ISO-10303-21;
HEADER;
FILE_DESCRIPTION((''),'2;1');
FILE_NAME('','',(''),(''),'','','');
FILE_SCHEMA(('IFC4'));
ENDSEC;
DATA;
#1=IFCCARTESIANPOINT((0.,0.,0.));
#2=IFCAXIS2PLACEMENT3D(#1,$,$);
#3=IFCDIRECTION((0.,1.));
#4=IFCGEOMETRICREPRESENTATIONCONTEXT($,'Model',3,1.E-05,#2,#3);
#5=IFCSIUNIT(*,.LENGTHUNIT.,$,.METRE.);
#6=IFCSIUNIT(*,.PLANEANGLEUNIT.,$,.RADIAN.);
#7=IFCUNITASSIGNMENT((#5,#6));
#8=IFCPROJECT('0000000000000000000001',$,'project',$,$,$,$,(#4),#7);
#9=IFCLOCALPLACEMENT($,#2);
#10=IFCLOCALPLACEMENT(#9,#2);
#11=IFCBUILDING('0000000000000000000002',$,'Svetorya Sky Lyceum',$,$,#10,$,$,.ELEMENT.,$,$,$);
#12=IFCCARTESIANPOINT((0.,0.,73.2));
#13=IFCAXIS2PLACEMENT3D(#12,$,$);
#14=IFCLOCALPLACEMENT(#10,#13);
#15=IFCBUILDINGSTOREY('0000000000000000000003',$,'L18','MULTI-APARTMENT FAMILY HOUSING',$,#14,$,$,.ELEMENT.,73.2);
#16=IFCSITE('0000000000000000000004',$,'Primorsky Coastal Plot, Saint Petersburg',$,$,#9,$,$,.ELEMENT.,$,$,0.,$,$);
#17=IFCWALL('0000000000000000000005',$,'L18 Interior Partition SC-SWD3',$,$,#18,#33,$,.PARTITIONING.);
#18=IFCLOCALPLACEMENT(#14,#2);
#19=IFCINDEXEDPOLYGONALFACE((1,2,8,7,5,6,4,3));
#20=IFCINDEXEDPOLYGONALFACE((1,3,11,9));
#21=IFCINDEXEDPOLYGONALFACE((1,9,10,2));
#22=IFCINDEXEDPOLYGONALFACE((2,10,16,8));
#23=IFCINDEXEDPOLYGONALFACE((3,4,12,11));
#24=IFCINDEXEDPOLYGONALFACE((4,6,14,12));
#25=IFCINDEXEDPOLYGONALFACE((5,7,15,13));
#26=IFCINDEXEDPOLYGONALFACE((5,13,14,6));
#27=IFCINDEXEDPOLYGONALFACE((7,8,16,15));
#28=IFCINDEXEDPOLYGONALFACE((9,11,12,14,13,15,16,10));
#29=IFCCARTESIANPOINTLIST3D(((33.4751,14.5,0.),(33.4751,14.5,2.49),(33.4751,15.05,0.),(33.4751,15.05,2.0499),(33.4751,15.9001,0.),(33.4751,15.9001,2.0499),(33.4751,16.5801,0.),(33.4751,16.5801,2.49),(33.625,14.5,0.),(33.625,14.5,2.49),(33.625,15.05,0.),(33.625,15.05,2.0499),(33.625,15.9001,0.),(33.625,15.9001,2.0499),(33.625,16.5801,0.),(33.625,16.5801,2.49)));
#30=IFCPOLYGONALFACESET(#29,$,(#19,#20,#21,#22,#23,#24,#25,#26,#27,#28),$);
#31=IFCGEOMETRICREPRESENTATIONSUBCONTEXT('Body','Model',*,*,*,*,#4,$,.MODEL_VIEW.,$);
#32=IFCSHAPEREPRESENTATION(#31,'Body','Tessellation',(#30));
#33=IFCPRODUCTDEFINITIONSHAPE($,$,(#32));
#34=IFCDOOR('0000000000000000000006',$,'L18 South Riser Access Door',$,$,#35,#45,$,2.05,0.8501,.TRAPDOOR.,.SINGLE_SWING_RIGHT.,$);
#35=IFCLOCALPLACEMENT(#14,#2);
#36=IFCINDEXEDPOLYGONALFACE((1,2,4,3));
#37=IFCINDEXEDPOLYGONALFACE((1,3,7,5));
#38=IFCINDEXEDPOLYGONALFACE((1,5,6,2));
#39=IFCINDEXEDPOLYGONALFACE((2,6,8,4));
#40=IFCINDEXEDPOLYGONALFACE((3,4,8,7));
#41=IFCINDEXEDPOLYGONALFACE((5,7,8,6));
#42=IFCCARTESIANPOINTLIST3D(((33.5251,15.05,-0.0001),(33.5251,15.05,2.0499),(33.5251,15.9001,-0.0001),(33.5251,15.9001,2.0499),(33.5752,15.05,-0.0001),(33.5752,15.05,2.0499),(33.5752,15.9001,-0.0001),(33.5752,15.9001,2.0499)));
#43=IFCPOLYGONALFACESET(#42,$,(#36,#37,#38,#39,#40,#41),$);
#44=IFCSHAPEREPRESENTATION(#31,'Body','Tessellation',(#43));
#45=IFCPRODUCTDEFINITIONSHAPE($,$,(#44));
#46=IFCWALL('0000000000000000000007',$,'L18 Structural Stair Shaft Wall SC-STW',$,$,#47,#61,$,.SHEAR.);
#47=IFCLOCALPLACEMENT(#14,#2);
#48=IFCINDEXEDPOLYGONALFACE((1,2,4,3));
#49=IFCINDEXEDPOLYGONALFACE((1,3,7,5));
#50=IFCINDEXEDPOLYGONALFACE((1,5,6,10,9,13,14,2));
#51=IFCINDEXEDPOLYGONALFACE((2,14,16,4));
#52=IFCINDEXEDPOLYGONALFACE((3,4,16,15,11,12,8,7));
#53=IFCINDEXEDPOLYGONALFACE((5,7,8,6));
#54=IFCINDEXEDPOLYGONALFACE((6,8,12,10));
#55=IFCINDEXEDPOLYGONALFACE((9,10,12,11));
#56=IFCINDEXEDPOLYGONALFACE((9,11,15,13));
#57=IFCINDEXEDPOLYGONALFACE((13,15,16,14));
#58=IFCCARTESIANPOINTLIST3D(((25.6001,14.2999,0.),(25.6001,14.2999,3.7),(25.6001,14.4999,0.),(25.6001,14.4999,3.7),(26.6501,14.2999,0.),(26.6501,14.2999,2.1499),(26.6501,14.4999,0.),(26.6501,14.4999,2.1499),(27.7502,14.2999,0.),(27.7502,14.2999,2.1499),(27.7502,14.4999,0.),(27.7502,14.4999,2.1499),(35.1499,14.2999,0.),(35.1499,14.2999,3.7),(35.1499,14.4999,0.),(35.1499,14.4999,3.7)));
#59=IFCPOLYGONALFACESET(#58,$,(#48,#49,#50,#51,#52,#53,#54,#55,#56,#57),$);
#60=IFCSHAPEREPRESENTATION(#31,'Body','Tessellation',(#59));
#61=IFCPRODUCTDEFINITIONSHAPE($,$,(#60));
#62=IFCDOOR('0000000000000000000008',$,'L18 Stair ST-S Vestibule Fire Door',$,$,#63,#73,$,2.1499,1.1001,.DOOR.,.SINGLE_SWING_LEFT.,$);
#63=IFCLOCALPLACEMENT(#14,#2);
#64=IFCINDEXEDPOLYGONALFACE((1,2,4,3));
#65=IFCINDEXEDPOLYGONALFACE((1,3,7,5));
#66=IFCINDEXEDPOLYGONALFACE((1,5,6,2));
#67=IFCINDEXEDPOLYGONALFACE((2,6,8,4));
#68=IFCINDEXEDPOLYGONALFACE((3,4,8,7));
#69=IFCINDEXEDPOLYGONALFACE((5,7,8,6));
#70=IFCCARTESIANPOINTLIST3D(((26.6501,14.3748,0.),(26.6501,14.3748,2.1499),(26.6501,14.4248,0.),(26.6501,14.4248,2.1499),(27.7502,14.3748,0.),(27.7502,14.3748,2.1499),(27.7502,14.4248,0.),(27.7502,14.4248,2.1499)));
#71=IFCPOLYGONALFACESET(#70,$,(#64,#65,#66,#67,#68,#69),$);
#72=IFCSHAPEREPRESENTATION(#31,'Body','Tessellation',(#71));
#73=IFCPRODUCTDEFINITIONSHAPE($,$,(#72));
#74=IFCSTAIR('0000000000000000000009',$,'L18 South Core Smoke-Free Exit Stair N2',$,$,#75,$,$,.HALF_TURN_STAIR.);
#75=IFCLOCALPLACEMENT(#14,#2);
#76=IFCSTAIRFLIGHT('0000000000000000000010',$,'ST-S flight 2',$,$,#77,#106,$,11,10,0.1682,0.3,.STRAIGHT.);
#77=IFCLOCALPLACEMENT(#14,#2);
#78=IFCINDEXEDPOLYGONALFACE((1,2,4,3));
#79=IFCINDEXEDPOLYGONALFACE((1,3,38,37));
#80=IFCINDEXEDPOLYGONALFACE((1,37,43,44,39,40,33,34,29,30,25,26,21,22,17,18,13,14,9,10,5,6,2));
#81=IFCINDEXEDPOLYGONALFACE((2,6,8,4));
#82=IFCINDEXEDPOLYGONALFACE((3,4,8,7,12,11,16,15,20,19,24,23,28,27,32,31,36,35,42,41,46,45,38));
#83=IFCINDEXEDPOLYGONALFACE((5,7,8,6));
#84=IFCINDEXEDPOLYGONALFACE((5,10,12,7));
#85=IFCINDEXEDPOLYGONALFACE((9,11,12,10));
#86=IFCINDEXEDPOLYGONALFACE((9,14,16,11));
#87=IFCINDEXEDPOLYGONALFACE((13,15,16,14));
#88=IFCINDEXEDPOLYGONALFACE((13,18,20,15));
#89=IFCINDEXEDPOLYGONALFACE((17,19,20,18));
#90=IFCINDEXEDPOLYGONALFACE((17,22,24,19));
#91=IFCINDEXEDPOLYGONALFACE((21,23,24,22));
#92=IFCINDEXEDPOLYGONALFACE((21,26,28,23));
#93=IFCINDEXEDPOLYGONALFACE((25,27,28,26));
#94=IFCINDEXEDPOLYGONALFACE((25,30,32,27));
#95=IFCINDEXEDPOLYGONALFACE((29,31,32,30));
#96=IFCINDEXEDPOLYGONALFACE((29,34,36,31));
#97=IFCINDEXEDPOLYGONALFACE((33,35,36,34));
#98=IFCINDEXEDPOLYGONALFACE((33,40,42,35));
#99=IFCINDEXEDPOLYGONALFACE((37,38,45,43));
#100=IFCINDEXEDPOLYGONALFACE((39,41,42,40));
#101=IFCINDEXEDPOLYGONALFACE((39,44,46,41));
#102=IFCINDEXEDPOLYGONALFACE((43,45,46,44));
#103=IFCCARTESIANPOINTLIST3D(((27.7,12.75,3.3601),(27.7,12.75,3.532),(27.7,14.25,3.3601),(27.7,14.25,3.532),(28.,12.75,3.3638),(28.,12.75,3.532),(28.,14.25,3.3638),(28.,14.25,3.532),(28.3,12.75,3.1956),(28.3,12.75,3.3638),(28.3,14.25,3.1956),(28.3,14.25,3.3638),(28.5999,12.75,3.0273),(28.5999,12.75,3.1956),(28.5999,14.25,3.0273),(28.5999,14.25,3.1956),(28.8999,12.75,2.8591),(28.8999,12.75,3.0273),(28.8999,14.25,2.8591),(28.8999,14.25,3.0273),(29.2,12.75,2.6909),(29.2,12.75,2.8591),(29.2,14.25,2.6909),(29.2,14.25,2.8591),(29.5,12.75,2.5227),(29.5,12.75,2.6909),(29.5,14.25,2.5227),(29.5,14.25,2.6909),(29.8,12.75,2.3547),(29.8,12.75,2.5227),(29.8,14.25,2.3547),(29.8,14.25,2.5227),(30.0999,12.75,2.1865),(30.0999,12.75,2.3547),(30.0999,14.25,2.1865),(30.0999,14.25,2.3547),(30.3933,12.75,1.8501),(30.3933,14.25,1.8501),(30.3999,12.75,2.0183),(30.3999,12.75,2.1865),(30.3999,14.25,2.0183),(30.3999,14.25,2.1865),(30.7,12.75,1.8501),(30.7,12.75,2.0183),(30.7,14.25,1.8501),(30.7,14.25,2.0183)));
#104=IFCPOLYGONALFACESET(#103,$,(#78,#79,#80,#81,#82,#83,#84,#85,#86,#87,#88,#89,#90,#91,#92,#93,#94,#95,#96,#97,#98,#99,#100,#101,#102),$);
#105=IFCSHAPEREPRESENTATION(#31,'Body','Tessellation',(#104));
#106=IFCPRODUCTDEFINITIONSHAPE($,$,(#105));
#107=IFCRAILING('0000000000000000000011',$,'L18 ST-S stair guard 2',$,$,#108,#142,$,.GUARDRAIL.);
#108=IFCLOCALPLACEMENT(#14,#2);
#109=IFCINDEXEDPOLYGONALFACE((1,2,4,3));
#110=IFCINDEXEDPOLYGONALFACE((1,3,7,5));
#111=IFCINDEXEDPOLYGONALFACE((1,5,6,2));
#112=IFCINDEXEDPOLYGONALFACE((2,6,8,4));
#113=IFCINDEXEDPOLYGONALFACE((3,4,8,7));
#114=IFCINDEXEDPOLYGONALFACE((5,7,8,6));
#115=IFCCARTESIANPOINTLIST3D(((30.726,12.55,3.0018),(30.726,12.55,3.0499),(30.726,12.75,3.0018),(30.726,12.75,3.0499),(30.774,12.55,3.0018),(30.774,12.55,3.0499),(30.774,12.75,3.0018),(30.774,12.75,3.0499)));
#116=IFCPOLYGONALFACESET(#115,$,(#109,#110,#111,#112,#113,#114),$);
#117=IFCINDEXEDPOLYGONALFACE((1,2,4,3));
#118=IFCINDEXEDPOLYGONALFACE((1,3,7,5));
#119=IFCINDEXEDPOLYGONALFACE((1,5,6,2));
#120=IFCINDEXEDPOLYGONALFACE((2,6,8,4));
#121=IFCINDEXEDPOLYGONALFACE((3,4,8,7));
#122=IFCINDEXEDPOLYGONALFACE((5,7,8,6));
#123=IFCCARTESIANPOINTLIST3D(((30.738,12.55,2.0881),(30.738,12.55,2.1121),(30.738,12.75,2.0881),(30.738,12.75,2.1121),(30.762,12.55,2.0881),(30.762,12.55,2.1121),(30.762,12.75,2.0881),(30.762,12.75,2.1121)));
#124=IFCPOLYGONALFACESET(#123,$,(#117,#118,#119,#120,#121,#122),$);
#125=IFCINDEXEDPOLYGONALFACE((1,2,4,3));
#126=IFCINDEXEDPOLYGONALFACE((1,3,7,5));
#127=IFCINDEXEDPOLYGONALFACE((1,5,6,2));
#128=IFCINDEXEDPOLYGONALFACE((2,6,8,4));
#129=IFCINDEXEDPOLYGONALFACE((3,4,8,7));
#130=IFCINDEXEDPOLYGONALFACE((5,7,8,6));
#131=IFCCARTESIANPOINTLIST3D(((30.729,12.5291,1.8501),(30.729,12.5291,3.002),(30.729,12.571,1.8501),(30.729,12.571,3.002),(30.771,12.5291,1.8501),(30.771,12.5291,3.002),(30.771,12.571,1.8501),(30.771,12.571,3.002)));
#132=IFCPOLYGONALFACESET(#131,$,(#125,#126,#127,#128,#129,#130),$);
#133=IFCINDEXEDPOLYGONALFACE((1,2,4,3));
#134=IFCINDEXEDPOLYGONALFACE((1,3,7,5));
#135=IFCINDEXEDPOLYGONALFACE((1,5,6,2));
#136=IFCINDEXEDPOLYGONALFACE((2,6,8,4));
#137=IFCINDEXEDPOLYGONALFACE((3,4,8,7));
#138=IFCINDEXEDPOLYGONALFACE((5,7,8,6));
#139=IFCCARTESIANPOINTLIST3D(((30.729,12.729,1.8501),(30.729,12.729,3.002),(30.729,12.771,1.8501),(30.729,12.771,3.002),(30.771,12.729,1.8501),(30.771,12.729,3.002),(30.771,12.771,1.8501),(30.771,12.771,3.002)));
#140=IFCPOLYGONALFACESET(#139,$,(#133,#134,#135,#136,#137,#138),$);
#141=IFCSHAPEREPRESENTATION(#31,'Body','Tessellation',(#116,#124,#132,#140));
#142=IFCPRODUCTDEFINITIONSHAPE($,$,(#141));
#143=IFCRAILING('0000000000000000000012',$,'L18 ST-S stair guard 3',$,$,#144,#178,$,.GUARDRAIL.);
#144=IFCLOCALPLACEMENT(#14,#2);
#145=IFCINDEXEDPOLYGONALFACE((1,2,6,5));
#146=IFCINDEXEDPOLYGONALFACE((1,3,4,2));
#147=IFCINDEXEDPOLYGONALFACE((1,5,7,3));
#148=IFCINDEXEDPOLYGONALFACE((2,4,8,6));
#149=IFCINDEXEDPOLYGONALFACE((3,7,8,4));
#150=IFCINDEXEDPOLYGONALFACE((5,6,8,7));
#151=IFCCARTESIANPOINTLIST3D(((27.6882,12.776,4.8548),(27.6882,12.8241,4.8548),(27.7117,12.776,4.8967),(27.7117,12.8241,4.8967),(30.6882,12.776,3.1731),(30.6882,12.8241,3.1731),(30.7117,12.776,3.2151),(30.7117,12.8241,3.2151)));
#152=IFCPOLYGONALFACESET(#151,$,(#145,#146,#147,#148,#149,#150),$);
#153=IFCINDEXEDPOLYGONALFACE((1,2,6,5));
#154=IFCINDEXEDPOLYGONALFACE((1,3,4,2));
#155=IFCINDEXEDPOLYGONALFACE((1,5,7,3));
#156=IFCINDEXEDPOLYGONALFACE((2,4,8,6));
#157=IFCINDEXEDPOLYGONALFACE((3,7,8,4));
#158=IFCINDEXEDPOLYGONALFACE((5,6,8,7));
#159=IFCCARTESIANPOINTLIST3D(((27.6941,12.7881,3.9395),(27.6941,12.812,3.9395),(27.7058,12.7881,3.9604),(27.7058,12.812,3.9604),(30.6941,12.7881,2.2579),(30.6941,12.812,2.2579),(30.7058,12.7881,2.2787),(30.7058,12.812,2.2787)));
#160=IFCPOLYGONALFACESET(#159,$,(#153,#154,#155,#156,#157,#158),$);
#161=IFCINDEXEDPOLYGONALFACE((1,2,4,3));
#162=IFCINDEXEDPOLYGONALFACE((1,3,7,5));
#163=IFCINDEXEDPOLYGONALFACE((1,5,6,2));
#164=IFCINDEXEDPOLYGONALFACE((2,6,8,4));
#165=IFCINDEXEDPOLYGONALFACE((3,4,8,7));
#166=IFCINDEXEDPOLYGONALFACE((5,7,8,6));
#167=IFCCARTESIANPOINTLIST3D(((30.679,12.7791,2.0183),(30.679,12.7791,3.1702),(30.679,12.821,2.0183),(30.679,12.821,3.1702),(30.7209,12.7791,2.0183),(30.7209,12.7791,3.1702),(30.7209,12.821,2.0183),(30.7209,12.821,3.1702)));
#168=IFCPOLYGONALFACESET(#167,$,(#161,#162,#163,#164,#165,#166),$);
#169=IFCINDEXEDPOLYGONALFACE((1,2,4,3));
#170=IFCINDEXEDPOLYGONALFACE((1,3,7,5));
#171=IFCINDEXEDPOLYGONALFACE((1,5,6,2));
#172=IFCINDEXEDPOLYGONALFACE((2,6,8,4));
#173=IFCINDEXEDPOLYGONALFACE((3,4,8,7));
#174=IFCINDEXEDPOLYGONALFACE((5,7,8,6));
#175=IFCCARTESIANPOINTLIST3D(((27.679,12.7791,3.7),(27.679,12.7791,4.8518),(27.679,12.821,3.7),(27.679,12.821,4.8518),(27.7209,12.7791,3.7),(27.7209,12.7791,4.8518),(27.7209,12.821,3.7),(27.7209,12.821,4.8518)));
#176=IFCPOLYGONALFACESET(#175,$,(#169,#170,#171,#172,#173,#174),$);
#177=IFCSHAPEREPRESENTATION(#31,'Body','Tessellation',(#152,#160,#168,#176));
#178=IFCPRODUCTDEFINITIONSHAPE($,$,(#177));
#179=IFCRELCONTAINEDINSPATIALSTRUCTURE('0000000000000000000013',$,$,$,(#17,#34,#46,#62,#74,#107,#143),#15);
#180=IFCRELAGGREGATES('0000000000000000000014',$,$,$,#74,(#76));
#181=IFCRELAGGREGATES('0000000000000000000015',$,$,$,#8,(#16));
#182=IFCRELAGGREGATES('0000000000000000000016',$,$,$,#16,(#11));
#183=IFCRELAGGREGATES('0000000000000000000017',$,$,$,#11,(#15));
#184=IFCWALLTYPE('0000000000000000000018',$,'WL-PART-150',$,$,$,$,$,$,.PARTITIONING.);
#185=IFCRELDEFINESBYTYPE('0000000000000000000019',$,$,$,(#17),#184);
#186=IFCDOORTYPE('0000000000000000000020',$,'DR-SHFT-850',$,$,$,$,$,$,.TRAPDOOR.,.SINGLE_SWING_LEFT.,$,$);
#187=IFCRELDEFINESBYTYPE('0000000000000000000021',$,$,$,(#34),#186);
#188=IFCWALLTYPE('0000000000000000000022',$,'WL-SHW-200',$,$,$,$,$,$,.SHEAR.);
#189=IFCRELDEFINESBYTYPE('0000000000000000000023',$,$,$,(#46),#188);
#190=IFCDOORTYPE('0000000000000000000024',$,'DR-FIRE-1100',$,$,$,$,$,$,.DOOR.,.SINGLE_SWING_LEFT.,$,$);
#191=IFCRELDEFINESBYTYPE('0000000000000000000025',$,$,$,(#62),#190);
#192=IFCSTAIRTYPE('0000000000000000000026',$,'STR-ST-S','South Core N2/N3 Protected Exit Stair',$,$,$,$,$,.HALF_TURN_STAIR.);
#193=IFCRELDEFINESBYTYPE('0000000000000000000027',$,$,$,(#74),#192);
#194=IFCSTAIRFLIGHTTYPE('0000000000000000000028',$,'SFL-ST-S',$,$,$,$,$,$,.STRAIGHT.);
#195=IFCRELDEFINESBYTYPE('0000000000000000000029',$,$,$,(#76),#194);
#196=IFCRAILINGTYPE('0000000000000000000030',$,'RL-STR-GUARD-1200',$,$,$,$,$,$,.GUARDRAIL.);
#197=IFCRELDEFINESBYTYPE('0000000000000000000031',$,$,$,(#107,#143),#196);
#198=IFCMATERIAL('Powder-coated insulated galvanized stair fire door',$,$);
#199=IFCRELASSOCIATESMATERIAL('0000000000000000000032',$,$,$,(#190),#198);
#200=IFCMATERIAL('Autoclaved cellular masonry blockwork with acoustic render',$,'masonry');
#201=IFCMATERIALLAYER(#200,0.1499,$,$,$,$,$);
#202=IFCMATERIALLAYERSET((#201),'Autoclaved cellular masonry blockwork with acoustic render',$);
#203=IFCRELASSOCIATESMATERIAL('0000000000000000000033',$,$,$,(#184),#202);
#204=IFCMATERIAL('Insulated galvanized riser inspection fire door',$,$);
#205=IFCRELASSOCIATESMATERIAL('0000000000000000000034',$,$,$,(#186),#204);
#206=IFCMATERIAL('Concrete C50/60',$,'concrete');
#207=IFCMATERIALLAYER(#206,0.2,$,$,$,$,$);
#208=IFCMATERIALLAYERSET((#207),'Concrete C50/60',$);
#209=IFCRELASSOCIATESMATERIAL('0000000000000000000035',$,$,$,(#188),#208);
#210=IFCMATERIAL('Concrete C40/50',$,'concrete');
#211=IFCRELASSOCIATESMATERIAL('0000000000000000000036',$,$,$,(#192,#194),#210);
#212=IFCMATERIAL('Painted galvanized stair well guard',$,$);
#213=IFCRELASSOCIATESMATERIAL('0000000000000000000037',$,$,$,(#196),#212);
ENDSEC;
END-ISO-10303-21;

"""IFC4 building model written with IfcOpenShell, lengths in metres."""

from ifc_helpers import new_model, si_unit, direction, frame, frame_2d, origin, origin_2d, place, context, subcontext, project, spatial, polyline, rectangle, outline, extrude, material, layer, layer_set, type_object, element, fill, aggregate, save


model = new_model("IFC4")

# Units and contexts
model_context = context("Model", 3, precision=1e-05, world=origin(), true_north=direction((0.0, 1.0)))
body_context = subcontext(model_context, "Body", "Model", "MODEL_VIEW")
ifc_project = project(units=[si_unit("LENGTHUNIT", "METRE"), si_unit("PLANEANGLEUNIT", "RADIAN")], contexts=[model_context])

# Site, building, storey
site_placement = place(None, origin())
site = spatial("IfcSite", under=ifc_project, at=site_placement, Name="Primorsky Coastal Plot, Saint Petersburg", CompositionType="ELEMENT", RefElevation=0.0)
building_placement = place(site_placement, origin())
building = spatial("IfcBuilding", under=site, at=building_placement, Name="Svetorya Sky Lyceum", CompositionType="ELEMENT")
storey_placement = place(building_placement, frame((0.0, 0.0, 73.2)))
storey = spatial("IfcBuildingStorey", under=building, at=storey_placement, Name="L18", Description="MULTI-APARTMENT FAMILY HOUSING", CompositionType="ELEMENT", Elevation=73.2)

# Shared definitions
ifc_material_1 = material(Name="Concrete C50/60", Category="concrete")

# Shared definitions
ifc_material_2 = material(Name="Powder-coated insulated galvanized stair fire door")
door_type_1 = type_object("IfcDoorType", Name="DR-FIRE-1100", OperationType="SINGLE_SWING_LEFT", PredefinedType="DOOR", material=ifc_material_2)

# Shared definitions
ifc_material_3 = material(Name="Autoclaved cellular masonry blockwork with acoustic render", Category="masonry")
ifc_layer_1 = layer(ifc_material_3, 0.1499)
ifc_layer_set_1 = layer_set([ifc_layer_1], Name="Autoclaved cellular masonry blockwork with acoustic render")
wall_type_1 = type_object("IfcWallType", Name="WL-PART-150", PredefinedType="PARTITIONING", material=ifc_layer_set_1)

# Walls, openings, doors
wall_1_placement = place(storey_placement, frame((33.55, 14.5, 0.0), z_axis=(0.0, 0.0, 1.0), x_axis=(0.0, 1.0, 0.0)))
wall_1 = element("IfcWall", 1, at=wall_1_placement, inside=storey, type_object=wall_type_1, Name="L18 Interior Partition SC-SWD3", PredefinedType="PARTITIONING", context=body_context, shape_type="SweptSolid", body=[
    extrude(rectangle(XDim=2.0801, YDim=0.1499, at=frame_2d((1.04, 0.0))), origin(), (0.0, 0.0, 1.0), 2.49),
])
opening_1_placement = place(wall_1_placement, frame((0.55, 0.0, 0.0)))
opening_1 = element("IfcOpeningElement", 2, at=opening_1_placement, cuts=wall_1, PredefinedType="OPENING", context=body_context, shape_type="SweptSolid", body=[
    extrude(rectangle(XDim=0.8501, YDim=2.05, at=frame_2d((0.425, 1.0249))), frame((0.0, 0.085, 0.0), z_axis=(0.0, -1.0, 0.0), x_axis=(1.0, 0.0, 0.0)), (0.0, 0.0, 1.0), 0.1699),
])
ifc_material_4 = material(Name="Insulated galvanized riser inspection fire door")
door_type_2 = type_object("IfcDoorType", Name="DR-SHFT-850", OperationType="SINGLE_SWING_LEFT", PredefinedType="TRAPDOOR", material=ifc_material_4)
door_1_placement = place(opening_1_placement, origin())
door_1 = element("IfcDoor", 3, at=door_1_placement, inside=storey, type_object=door_type_2, Name="L18 South Riser Access Door", OperationType="SINGLE_SWING_RIGHT", OverallHeight=2.05, OverallWidth=0.8501, PredefinedType="TRAPDOOR", context=body_context, shape_type="SweptSolid", body=[
    extrude(rectangle(XDim=0.8501, YDim=2.05, at=frame_2d((0.425, 1.0249))), frame((0.0, 0.0249, 0.0), z_axis=(0.0, -1.0, 0.0), x_axis=(1.0, 0.0, 0.0)), (0.0, 0.0, 1.0), 0.05),
])
fill(opening_1, door_1)
ifc_layer_2 = layer(ifc_material_1, 0.2)
ifc_layer_set_2 = layer_set([ifc_layer_2], Name="Concrete C50/60")
wall_type_2 = type_object("IfcWallType", Name="WL-SHW-200", PredefinedType="SHEAR", material=ifc_layer_set_2)
wall_2_placement = place(storey_placement, frame((25.6001, 14.3999, 0.0), z_axis=(0.0, 0.0, 1.0), x_axis=(1.0, 0.0, 0.0)))
wall_2 = element("IfcWall", 4, at=wall_2_placement, inside=storey, type_object=wall_type_2, Name="L18 Structural Stair Shaft Wall SC-STW", PredefinedType="SHEAR", context=body_context, shape_type="SweptSolid", body=[
    extrude(rectangle(XDim=9.5498, YDim=0.2, at=frame_2d((4.7749, 0.0))), origin(), (0.0, 0.0, 1.0), 3.7),
])
opening_2_placement = place(wall_2_placement, frame((1.05, 0.0, 0.0)))
opening_2 = element("IfcOpeningElement", 5, at=opening_2_placement, cuts=wall_2, PredefinedType="OPENING", context=body_context, shape_type="SweptSolid", body=[
    extrude(rectangle(XDim=1.1001, YDim=2.1499, at=frame_2d((0.55, 1.075))), frame((0.0, 0.1099, 0.0), z_axis=(0.0, -1.0, 0.0), x_axis=(1.0, 0.0, 0.0)), (0.0, 0.0, 1.0), 0.22),
])
door_2_placement = place(opening_2_placement, origin())
door_2 = element("IfcDoor", 6, at=door_2_placement, inside=storey, type_object=door_type_1, Name="L18 Stair ST-S Vestibule Fire Door", OperationType="SINGLE_SWING_LEFT", OverallHeight=2.1499, OverallWidth=1.1001, PredefinedType="DOOR", context=body_context, shape_type="SweptSolid", body=[
    extrude(rectangle(XDim=1.1001, YDim=2.1499, at=frame_2d((0.55, 1.075))), frame((0.0, 0.0249, 0.0), z_axis=(0.0, -1.0, 0.0), x_axis=(1.0, 0.0, 0.0)), (0.0, 0.0, 1.0), 0.05),
])
fill(opening_2, door_2)

# Stair, stair flight
ifc_material_5 = material(Name="Concrete C40/50", Category="concrete")
stair_type = type_object("IfcStairType", Name="STR-ST-S", Description="South Core N2/N3 Protected Exit Stair", PredefinedType="HALF_TURN_STAIR", material=ifc_material_5)
stair_placement = place(storey_placement, origin())
stair = element("IfcStair", 7, at=stair_placement, inside=storey, type_object=stair_type, Name="L18 South Core Smoke-Free Exit Stair N2", PredefinedType="HALF_TURN_STAIR")
stair_flight_type = type_object("IfcStairFlightType", Name="SFL-ST-S", PredefinedType="STRAIGHT", material=ifc_material_5)
stair_flight_placement = place(storey_placement, frame((30.7, 13.5, 1.8501), z_axis=(0.0, 0.0, 1.0), x_axis=(-1.0, 0.0, 0.0)))
stair_flight = element("IfcStairFlight", 8, at=stair_flight_placement, type_object=stair_flight_type, Name="ST-S flight 2", NumberOfRisers=11, NumberOfTreads=10, PredefinedType="STRAIGHT", RiserHeight=0.1682, TreadLength=0.3, context=body_context, shape_type="SweptSolid", body=[
    extrude(outline(polyline([(0.0, 0.0), (0.0, 0.1682), (0.3, 0.1682), (0.3, 0.3364), (0.6001, 0.3364), (0.6001, 0.5046), (0.8999, 0.5046), (0.8999, 0.6726), (1.2, 0.6726), (1.2, 0.8408), (1.5, 0.8408), (1.5, 1.009), (1.8, 1.009), (1.8, 1.1772), (2.1001, 1.1772), (2.1001, 1.3455), (2.3999, 1.3455), (2.3999, 1.5137), (2.7, 1.5137), (2.7, 1.6819), (3.0, 1.6819), (3.0, 1.8501), (3.0, 1.51), (0.3066, 0.0), (0.0, 0.0)])), frame((0.0, 0.75, 0.0), z_axis=(0.0, -1.0, 0.0), x_axis=(1.0, 0.0, 0.0)), (0.0, 0.0, 1.0), 1.5),
])
aggregate(stair, [stair_flight])

# Railings
ifc_material_6 = material(Name="Painted galvanized stair well guard")
railing_type_1 = type_object("IfcRailingType", Name="RL-STR-GUARD-1200", PredefinedType="GUARDRAIL", material=ifc_material_6)
railing_1_placement = place(storey_placement, frame((30.75, 12.55, 1.8501)))
element("IfcRailing", 9, at=railing_1_placement, inside=storey, type_object=railing_type_1, Name="L18 ST-S stair guard 2", PredefinedType="GUARDRAIL", context=body_context, shape_type="SweptSolid", body=[
    extrude(rectangle(XDim=0.0481, YDim=0.0481, at=origin_2d()), frame((0.0, 0.0, 1.1758), z_axis=(0.0, 1.0, 0.0), x_axis=(-1.0, 0.0, 0.0)), (0.0, 0.0, 1.0), 0.2),
    extrude(rectangle(XDim=0.0239, YDim=0.0239, at=origin_2d()), frame((0.0, 0.0, 0.25), z_axis=(0.0, 1.0, 0.0), x_axis=(-1.0, 0.0, 0.0)), (0.0, 0.0, 1.0), 0.2),
    extrude(rectangle(XDim=0.042, YDim=0.042, at=origin_2d()), origin(), (0.0, 0.0, 1.0), 1.1519),
    extrude(rectangle(XDim=0.042, YDim=0.042, at=origin_2d()), frame((0.0, 0.2, 0.0)), (0.0, 0.0, 1.0), 1.1519),
])
railing_2_placement = place(storey_placement, frame((30.7, 12.8, 2.0183)))
element("IfcRailing", 10, at=railing_2_placement, inside=storey, type_object=railing_type_1, Name="L18 ST-S stair guard 3", PredefinedType="GUARDRAIL", context=body_context, shape_type="SweptSolid", body=[
    extrude(rectangle(XDim=0.0481, YDim=0.0481, at=origin_2d()), frame((0.0, 0.0, 1.1758), z_axis=(-0.872303, 0.0, 0.488966), x_axis=(0.0, -1.0, 0.0)), (0.0, 0.0, 1.0), 3.4392),
    extrude(rectangle(XDim=0.0239, YDim=0.0239, at=origin_2d()), frame((0.0, 0.0, 0.25), z_axis=(-0.872303, 0.0, 0.488966), x_axis=(0.0, -1.0, 0.0)), (0.0, 0.0, 1.0), 3.4392),
    extrude(rectangle(XDim=0.042, YDim=0.042, at=origin_2d()), origin(), (0.0, 0.0, 1.0), 1.1519),
    extrude(rectangle(XDim=0.042, YDim=0.042, at=origin_2d()), frame((-3.0, 0.0, 1.6816)), (0.0, 0.0, 1.0), 1.1519),
])

save(model, "model.ifc")
